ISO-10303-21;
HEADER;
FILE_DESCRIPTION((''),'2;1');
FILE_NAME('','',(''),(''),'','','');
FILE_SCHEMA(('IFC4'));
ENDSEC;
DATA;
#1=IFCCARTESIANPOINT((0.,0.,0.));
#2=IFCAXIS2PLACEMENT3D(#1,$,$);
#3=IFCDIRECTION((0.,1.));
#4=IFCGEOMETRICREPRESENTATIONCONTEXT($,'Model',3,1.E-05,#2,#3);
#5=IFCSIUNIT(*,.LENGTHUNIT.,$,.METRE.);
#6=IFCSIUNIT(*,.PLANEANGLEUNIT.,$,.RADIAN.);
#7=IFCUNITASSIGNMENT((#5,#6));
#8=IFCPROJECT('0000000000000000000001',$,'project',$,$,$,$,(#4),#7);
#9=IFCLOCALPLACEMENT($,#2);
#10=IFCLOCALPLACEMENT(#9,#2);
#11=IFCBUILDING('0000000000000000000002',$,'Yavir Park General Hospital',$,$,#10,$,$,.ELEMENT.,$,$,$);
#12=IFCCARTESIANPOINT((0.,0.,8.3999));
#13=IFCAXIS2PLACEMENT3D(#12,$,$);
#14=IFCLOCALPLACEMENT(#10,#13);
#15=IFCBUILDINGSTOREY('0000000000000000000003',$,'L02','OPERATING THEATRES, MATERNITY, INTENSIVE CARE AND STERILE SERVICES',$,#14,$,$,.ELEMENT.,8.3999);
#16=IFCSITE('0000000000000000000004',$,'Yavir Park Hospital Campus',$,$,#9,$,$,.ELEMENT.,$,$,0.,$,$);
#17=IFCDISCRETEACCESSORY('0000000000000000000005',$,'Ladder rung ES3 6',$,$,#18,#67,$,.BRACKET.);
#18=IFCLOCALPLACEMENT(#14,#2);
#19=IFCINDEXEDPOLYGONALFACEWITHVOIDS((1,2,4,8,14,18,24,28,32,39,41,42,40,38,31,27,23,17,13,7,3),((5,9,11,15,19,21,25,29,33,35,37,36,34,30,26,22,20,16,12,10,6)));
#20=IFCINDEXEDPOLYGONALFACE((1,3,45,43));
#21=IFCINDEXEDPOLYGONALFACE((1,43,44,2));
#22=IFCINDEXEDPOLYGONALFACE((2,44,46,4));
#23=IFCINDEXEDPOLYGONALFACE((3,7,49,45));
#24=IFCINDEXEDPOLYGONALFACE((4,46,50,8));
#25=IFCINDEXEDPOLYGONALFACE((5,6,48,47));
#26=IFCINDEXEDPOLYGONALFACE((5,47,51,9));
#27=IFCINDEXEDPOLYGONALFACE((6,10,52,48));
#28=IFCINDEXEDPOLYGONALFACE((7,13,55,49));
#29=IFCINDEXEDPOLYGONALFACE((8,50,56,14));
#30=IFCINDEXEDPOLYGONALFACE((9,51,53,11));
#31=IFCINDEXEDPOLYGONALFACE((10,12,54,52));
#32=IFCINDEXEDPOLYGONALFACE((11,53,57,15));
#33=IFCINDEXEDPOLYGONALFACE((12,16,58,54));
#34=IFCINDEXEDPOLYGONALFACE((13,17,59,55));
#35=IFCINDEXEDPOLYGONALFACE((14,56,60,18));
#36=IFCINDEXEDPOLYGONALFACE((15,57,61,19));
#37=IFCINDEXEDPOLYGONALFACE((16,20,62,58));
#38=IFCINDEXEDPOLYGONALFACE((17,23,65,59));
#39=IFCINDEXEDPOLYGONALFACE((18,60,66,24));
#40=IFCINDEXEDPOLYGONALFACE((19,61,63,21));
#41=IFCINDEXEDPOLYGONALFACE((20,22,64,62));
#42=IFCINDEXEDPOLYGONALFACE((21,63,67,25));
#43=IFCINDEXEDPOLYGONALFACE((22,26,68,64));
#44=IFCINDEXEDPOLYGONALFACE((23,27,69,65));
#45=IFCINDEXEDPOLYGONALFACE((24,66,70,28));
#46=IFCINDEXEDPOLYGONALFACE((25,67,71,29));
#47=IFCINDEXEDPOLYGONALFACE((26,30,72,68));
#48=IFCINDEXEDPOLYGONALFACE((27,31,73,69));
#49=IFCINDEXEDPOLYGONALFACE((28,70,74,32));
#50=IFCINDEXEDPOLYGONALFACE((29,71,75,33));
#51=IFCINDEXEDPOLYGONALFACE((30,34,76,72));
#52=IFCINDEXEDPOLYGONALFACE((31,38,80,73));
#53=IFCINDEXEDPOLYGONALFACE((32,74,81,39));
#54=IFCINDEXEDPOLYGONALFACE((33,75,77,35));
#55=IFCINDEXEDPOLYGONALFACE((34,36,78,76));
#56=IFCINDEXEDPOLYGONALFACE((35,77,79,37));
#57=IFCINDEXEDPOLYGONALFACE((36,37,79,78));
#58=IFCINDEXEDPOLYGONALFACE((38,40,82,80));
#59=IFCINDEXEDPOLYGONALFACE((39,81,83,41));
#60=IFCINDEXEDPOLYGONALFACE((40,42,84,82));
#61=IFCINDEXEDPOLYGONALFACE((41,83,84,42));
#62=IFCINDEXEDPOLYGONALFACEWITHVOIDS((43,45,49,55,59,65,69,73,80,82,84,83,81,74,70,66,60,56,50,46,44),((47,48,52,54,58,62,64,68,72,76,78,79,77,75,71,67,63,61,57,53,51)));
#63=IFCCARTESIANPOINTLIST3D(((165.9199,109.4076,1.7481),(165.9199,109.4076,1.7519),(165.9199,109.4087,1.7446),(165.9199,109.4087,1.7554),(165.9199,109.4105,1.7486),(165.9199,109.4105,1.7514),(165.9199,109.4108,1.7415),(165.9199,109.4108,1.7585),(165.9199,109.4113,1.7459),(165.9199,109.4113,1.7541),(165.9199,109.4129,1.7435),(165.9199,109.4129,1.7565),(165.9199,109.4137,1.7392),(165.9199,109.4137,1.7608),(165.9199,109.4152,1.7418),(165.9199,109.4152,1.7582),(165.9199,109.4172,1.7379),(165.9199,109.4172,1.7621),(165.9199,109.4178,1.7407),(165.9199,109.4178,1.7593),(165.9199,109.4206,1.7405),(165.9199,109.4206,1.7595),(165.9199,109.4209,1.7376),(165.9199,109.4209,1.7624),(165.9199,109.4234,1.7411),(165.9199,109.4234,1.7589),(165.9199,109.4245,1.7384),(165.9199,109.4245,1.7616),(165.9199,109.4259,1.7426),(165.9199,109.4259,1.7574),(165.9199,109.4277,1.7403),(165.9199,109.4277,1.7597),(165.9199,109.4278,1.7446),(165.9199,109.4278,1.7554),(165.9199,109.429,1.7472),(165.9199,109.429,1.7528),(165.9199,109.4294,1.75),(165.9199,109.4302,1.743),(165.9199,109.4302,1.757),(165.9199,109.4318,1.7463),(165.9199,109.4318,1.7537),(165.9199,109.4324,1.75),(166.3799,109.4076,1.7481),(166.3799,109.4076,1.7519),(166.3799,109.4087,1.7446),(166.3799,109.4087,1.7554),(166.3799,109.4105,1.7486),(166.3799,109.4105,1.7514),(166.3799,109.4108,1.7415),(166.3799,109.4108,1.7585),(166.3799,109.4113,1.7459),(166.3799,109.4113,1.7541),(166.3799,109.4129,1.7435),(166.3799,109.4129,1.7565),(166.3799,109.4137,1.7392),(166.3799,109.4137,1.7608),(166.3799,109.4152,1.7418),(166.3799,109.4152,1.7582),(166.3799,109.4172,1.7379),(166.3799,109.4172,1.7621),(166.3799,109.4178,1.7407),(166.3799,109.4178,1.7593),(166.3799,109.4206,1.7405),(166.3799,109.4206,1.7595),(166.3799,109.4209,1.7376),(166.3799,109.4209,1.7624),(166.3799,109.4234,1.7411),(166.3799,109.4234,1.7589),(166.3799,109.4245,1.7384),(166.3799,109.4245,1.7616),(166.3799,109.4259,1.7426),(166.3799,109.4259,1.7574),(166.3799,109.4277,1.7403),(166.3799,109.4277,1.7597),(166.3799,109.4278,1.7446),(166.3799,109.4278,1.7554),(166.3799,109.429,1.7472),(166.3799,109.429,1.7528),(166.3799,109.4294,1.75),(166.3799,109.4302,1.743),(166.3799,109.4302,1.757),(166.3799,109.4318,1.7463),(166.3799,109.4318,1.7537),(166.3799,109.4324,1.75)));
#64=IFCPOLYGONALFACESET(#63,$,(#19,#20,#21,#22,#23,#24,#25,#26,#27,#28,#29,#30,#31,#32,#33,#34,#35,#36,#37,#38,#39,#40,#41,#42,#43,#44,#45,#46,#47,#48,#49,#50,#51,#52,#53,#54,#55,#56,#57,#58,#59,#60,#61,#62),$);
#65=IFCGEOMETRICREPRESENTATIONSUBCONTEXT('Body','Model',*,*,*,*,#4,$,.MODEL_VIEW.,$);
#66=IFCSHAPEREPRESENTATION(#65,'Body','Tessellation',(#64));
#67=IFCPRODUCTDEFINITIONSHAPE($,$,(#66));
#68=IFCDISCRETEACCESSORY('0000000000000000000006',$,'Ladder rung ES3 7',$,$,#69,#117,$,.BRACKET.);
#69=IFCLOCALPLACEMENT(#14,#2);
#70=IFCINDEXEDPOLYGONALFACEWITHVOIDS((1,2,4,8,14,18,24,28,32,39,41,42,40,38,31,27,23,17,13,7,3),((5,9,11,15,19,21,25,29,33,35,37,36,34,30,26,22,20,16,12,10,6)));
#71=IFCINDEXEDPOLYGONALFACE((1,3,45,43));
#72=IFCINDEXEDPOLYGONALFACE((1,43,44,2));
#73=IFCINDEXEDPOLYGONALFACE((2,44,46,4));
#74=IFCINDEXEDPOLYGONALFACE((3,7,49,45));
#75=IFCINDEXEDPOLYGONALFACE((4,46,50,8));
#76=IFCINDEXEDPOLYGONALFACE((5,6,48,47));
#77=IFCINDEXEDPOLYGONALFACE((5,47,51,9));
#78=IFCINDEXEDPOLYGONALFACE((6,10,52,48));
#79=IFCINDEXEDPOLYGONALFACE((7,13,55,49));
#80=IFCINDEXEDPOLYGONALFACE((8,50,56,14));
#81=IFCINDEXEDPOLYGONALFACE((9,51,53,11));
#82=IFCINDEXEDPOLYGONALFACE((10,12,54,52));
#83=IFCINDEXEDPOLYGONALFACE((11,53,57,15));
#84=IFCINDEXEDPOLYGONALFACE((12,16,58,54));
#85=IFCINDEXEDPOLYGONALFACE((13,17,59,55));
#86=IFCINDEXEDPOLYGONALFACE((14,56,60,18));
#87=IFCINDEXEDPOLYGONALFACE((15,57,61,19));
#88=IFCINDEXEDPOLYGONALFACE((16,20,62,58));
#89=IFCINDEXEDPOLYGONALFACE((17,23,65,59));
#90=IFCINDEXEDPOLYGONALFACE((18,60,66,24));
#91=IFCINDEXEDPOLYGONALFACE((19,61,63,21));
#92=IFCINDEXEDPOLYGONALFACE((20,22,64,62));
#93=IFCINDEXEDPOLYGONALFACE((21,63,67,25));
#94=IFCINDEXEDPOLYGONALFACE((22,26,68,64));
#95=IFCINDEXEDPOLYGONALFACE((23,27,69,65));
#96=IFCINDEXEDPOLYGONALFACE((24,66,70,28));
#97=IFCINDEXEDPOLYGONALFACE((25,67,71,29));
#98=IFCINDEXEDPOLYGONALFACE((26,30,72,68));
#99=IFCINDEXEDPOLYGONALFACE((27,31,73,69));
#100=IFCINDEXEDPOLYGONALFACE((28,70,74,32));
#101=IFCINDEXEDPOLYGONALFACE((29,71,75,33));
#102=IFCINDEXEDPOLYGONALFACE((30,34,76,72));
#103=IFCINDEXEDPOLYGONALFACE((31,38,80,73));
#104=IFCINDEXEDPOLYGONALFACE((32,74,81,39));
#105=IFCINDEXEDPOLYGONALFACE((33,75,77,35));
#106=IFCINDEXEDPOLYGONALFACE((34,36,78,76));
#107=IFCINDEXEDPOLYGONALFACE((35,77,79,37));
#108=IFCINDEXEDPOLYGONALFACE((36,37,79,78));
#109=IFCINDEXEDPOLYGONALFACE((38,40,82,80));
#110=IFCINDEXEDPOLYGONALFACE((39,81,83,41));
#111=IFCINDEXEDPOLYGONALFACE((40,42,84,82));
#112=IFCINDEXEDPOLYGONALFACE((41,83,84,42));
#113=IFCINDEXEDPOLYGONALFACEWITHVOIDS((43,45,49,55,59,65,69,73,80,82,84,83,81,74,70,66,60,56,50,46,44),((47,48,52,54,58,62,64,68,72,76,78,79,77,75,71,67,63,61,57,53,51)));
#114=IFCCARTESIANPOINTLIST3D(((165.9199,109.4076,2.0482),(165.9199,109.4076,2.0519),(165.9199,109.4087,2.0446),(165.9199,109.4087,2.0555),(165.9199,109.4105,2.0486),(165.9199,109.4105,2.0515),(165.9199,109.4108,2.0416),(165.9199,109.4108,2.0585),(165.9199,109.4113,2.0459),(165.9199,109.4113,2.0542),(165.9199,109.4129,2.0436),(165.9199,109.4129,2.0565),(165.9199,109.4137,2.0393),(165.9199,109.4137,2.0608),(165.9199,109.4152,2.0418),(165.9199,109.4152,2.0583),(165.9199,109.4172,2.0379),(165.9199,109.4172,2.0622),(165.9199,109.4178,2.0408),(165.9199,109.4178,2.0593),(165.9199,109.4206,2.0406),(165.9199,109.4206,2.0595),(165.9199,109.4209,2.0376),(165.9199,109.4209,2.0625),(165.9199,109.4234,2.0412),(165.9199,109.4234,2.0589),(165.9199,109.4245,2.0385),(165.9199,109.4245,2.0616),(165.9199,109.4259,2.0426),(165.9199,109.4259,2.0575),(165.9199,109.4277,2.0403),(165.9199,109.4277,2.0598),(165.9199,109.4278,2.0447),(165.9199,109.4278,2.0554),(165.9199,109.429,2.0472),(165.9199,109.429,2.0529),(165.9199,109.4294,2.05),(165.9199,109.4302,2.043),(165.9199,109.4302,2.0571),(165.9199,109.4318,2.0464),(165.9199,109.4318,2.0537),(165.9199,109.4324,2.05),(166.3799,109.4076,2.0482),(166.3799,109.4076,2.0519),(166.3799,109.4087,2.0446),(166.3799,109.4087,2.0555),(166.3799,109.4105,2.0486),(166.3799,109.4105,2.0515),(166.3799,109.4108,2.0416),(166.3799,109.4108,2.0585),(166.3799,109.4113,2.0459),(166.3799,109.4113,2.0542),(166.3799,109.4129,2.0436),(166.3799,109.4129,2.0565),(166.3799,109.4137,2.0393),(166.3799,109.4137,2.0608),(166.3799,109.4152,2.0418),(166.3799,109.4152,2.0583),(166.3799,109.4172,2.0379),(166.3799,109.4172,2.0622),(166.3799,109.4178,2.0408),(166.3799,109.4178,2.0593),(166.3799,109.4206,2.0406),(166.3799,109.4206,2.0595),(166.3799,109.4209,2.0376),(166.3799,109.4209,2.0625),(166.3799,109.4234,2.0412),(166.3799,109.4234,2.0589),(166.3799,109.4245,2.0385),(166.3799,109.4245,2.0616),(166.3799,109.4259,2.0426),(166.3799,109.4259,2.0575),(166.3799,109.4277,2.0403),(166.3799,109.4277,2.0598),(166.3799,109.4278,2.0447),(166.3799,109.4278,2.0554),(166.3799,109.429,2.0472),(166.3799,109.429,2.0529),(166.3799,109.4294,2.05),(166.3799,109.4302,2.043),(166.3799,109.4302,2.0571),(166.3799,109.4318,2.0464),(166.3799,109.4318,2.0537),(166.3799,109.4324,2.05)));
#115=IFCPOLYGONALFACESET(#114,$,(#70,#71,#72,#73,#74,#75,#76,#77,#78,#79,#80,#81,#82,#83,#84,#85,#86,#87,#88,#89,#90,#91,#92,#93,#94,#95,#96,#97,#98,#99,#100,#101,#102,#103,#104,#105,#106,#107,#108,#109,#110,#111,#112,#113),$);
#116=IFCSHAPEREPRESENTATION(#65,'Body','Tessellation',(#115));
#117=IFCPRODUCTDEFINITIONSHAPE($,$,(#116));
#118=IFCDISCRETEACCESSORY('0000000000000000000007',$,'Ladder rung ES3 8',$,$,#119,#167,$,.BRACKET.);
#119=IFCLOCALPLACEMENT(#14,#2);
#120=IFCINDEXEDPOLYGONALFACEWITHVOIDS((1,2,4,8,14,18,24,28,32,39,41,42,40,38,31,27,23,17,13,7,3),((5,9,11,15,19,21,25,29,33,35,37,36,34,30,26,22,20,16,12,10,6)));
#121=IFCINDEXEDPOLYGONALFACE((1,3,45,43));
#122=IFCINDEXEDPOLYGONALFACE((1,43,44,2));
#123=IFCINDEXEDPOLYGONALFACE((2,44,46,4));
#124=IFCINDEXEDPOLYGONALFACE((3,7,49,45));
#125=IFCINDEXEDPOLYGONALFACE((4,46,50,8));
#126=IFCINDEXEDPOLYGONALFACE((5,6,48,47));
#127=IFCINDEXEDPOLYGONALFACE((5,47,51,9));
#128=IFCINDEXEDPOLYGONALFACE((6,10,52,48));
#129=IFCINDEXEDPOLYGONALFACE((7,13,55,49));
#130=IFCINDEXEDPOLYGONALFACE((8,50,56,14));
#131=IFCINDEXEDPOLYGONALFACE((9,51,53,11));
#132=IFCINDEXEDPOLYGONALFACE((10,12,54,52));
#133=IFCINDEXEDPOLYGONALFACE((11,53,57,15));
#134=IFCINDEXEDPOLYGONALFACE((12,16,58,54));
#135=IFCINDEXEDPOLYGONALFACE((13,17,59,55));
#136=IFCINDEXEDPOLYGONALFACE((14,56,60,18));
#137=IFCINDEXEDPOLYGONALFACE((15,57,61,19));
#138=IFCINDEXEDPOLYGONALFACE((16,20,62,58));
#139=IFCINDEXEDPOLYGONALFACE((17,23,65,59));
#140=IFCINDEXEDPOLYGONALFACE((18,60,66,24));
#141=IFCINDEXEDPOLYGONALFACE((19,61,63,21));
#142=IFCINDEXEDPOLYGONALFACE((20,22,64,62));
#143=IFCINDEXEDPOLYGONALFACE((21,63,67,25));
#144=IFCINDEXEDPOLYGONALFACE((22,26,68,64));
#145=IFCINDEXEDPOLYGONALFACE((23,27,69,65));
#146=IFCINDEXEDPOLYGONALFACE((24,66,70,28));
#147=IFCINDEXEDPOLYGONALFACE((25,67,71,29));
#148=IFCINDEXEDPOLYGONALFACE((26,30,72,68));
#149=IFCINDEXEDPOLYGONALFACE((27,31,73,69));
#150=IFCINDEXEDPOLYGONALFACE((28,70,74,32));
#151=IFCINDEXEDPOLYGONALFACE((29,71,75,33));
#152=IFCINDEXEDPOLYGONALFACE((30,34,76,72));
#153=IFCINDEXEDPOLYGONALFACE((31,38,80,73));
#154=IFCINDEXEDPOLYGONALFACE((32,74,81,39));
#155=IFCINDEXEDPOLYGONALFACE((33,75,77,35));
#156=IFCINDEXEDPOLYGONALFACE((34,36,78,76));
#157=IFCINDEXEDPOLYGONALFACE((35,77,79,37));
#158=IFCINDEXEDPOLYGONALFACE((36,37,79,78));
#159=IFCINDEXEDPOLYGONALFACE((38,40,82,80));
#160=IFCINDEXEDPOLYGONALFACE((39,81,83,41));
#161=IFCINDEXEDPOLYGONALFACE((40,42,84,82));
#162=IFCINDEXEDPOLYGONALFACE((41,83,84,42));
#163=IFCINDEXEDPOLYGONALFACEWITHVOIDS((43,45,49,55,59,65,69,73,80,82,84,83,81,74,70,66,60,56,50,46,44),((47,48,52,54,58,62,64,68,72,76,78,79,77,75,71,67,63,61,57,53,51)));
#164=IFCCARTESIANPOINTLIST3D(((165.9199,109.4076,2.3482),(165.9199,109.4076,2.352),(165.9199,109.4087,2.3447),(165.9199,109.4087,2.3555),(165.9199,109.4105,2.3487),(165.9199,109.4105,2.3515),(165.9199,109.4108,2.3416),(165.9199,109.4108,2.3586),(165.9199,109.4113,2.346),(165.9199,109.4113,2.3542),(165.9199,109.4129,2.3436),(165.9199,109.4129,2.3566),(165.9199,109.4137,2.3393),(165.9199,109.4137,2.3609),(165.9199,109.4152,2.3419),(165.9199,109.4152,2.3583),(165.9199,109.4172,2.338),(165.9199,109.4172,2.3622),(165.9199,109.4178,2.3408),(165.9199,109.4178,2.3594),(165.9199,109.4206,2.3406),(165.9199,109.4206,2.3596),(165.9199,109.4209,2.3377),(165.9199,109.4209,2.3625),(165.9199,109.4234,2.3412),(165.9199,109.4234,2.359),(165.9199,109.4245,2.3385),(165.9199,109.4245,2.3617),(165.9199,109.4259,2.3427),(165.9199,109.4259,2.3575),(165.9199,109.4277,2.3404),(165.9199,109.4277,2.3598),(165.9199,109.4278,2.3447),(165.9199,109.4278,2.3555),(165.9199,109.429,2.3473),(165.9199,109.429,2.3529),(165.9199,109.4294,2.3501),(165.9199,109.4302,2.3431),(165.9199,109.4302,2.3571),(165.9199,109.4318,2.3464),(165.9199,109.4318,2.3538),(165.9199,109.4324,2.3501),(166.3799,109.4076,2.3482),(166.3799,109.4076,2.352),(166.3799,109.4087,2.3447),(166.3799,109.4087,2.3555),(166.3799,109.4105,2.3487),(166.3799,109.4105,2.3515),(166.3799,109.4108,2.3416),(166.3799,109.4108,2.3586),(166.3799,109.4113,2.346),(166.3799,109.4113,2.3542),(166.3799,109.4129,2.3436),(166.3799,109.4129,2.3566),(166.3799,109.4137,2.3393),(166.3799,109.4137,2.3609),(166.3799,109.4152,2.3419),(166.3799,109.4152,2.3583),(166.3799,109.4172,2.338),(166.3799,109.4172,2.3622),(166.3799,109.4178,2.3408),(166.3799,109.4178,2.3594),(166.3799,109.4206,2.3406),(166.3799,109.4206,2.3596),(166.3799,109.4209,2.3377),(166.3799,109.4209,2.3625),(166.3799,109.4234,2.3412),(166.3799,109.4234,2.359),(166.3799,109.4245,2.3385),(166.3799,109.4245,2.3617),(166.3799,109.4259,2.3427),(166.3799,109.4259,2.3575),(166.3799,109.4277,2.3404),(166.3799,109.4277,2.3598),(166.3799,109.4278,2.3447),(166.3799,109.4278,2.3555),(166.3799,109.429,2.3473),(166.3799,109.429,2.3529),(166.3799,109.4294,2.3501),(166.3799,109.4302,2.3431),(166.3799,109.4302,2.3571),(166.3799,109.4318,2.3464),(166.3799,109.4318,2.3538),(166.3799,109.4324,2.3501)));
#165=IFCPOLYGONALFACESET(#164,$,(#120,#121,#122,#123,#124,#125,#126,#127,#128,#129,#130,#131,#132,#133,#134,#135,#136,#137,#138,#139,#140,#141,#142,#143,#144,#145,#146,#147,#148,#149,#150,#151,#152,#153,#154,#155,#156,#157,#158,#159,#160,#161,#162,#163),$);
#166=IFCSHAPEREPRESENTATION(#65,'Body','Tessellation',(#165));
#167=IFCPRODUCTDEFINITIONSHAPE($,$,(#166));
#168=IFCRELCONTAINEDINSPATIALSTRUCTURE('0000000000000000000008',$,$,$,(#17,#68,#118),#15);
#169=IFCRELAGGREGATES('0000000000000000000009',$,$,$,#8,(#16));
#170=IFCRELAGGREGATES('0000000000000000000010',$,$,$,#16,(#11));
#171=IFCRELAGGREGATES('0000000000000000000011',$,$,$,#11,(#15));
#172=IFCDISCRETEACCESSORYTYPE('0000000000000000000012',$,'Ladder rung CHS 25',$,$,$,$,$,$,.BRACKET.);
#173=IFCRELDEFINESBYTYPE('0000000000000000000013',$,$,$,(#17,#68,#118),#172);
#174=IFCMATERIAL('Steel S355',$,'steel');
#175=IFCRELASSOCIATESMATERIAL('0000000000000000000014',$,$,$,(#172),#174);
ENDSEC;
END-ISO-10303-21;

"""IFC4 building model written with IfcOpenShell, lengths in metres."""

from ifc_helpers import new_model, si_unit, direction, frame, origin, origin_2d, place, context, subcontext, project, spatial, hollow_circle, extrude, material, material_profile, profile_set, type_object, element, save


model = new_model("IFC4")

# Units and contexts
model_context = context("Model", 3, precision=1e-05, world=origin(), true_north=direction((0.0, 1.0)))
body_context = subcontext(model_context, "Body", "Model", "MODEL_VIEW")
ifc_project = project(units=[si_unit("LENGTHUNIT", "METRE"), si_unit("PLANEANGLEUNIT", "RADIAN")], contexts=[model_context])

# Site, building, storey
site_placement = place(None, origin())
site = spatial("IfcSite", under=ifc_project, at=site_placement, Name="Yavir Park Hospital Campus", CompositionType="ELEMENT", RefElevation=0.0)
building_placement = place(site_placement, origin())
building = spatial("IfcBuilding", under=site, at=building_placement, Name="Yavir Park General Hospital", CompositionType="ELEMENT")
storey_placement = place(building_placement, frame((0.0, 0.0, 8.3999)))
storey = spatial("IfcBuildingStorey", under=building, at=storey_placement, Name="L02", Description="OPERATING THEATRES, MATERNITY, INTENSIVE CARE AND STERILE SERVICES", CompositionType="ELEMENT", Elevation=8.3999)

# Discrete accessories
ifc_material_1 = material(Name="Steel S355", Category="steel")
ifc_material_profile_1 = material_profile(ifc_material_1, hollow_circle(Radius=0.0125, WallThickness=0.0029, at=origin_2d()), Name="CHS25x3")
ifc_profile_set_1 = profile_set([ifc_material_profile_1], Name="Steel S355")
discrete_accessory_type_1 = type_object("IfcDiscreteAccessoryType", Name="Ladder rung CHS 25", PredefinedType="BRACKET", material=ifc_profile_set_1)
for number, where, z_axis, x_axis, name in (
    (1, (165.9199, 109.4199, 1.75), (1.0, 0.0, 0.0), (0.0, 1.0, 0.0), "Ladder rung ES3 6"),
    (2, (165.9199, 109.4199, 2.05), (1.0, 0.0, 0.0), (0.0, 1.0, 0.0), "Ladder rung ES3 7"),
    (3, (165.9199, 109.4199, 2.3501), (1.0, 0.0, 0.0), (0.0, 1.0, 0.0), "Ladder rung ES3 8"),
):
    element("IfcDiscreteAccessory", number, at=place(storey_placement, frame(where, z_axis=z_axis, x_axis=x_axis)), inside=storey, type_object=discrete_accessory_type_1, Name=name, PredefinedType="BRACKET", context=body_context, shape_type="SweptSolid", body=[
        extrude(hollow_circle(Radius=0.0125, WallThickness=0.0029, at=origin_2d()), origin(), (0.0, 0.0, 1.0), 0.46),
    ])

save(model, "model.ifc")
